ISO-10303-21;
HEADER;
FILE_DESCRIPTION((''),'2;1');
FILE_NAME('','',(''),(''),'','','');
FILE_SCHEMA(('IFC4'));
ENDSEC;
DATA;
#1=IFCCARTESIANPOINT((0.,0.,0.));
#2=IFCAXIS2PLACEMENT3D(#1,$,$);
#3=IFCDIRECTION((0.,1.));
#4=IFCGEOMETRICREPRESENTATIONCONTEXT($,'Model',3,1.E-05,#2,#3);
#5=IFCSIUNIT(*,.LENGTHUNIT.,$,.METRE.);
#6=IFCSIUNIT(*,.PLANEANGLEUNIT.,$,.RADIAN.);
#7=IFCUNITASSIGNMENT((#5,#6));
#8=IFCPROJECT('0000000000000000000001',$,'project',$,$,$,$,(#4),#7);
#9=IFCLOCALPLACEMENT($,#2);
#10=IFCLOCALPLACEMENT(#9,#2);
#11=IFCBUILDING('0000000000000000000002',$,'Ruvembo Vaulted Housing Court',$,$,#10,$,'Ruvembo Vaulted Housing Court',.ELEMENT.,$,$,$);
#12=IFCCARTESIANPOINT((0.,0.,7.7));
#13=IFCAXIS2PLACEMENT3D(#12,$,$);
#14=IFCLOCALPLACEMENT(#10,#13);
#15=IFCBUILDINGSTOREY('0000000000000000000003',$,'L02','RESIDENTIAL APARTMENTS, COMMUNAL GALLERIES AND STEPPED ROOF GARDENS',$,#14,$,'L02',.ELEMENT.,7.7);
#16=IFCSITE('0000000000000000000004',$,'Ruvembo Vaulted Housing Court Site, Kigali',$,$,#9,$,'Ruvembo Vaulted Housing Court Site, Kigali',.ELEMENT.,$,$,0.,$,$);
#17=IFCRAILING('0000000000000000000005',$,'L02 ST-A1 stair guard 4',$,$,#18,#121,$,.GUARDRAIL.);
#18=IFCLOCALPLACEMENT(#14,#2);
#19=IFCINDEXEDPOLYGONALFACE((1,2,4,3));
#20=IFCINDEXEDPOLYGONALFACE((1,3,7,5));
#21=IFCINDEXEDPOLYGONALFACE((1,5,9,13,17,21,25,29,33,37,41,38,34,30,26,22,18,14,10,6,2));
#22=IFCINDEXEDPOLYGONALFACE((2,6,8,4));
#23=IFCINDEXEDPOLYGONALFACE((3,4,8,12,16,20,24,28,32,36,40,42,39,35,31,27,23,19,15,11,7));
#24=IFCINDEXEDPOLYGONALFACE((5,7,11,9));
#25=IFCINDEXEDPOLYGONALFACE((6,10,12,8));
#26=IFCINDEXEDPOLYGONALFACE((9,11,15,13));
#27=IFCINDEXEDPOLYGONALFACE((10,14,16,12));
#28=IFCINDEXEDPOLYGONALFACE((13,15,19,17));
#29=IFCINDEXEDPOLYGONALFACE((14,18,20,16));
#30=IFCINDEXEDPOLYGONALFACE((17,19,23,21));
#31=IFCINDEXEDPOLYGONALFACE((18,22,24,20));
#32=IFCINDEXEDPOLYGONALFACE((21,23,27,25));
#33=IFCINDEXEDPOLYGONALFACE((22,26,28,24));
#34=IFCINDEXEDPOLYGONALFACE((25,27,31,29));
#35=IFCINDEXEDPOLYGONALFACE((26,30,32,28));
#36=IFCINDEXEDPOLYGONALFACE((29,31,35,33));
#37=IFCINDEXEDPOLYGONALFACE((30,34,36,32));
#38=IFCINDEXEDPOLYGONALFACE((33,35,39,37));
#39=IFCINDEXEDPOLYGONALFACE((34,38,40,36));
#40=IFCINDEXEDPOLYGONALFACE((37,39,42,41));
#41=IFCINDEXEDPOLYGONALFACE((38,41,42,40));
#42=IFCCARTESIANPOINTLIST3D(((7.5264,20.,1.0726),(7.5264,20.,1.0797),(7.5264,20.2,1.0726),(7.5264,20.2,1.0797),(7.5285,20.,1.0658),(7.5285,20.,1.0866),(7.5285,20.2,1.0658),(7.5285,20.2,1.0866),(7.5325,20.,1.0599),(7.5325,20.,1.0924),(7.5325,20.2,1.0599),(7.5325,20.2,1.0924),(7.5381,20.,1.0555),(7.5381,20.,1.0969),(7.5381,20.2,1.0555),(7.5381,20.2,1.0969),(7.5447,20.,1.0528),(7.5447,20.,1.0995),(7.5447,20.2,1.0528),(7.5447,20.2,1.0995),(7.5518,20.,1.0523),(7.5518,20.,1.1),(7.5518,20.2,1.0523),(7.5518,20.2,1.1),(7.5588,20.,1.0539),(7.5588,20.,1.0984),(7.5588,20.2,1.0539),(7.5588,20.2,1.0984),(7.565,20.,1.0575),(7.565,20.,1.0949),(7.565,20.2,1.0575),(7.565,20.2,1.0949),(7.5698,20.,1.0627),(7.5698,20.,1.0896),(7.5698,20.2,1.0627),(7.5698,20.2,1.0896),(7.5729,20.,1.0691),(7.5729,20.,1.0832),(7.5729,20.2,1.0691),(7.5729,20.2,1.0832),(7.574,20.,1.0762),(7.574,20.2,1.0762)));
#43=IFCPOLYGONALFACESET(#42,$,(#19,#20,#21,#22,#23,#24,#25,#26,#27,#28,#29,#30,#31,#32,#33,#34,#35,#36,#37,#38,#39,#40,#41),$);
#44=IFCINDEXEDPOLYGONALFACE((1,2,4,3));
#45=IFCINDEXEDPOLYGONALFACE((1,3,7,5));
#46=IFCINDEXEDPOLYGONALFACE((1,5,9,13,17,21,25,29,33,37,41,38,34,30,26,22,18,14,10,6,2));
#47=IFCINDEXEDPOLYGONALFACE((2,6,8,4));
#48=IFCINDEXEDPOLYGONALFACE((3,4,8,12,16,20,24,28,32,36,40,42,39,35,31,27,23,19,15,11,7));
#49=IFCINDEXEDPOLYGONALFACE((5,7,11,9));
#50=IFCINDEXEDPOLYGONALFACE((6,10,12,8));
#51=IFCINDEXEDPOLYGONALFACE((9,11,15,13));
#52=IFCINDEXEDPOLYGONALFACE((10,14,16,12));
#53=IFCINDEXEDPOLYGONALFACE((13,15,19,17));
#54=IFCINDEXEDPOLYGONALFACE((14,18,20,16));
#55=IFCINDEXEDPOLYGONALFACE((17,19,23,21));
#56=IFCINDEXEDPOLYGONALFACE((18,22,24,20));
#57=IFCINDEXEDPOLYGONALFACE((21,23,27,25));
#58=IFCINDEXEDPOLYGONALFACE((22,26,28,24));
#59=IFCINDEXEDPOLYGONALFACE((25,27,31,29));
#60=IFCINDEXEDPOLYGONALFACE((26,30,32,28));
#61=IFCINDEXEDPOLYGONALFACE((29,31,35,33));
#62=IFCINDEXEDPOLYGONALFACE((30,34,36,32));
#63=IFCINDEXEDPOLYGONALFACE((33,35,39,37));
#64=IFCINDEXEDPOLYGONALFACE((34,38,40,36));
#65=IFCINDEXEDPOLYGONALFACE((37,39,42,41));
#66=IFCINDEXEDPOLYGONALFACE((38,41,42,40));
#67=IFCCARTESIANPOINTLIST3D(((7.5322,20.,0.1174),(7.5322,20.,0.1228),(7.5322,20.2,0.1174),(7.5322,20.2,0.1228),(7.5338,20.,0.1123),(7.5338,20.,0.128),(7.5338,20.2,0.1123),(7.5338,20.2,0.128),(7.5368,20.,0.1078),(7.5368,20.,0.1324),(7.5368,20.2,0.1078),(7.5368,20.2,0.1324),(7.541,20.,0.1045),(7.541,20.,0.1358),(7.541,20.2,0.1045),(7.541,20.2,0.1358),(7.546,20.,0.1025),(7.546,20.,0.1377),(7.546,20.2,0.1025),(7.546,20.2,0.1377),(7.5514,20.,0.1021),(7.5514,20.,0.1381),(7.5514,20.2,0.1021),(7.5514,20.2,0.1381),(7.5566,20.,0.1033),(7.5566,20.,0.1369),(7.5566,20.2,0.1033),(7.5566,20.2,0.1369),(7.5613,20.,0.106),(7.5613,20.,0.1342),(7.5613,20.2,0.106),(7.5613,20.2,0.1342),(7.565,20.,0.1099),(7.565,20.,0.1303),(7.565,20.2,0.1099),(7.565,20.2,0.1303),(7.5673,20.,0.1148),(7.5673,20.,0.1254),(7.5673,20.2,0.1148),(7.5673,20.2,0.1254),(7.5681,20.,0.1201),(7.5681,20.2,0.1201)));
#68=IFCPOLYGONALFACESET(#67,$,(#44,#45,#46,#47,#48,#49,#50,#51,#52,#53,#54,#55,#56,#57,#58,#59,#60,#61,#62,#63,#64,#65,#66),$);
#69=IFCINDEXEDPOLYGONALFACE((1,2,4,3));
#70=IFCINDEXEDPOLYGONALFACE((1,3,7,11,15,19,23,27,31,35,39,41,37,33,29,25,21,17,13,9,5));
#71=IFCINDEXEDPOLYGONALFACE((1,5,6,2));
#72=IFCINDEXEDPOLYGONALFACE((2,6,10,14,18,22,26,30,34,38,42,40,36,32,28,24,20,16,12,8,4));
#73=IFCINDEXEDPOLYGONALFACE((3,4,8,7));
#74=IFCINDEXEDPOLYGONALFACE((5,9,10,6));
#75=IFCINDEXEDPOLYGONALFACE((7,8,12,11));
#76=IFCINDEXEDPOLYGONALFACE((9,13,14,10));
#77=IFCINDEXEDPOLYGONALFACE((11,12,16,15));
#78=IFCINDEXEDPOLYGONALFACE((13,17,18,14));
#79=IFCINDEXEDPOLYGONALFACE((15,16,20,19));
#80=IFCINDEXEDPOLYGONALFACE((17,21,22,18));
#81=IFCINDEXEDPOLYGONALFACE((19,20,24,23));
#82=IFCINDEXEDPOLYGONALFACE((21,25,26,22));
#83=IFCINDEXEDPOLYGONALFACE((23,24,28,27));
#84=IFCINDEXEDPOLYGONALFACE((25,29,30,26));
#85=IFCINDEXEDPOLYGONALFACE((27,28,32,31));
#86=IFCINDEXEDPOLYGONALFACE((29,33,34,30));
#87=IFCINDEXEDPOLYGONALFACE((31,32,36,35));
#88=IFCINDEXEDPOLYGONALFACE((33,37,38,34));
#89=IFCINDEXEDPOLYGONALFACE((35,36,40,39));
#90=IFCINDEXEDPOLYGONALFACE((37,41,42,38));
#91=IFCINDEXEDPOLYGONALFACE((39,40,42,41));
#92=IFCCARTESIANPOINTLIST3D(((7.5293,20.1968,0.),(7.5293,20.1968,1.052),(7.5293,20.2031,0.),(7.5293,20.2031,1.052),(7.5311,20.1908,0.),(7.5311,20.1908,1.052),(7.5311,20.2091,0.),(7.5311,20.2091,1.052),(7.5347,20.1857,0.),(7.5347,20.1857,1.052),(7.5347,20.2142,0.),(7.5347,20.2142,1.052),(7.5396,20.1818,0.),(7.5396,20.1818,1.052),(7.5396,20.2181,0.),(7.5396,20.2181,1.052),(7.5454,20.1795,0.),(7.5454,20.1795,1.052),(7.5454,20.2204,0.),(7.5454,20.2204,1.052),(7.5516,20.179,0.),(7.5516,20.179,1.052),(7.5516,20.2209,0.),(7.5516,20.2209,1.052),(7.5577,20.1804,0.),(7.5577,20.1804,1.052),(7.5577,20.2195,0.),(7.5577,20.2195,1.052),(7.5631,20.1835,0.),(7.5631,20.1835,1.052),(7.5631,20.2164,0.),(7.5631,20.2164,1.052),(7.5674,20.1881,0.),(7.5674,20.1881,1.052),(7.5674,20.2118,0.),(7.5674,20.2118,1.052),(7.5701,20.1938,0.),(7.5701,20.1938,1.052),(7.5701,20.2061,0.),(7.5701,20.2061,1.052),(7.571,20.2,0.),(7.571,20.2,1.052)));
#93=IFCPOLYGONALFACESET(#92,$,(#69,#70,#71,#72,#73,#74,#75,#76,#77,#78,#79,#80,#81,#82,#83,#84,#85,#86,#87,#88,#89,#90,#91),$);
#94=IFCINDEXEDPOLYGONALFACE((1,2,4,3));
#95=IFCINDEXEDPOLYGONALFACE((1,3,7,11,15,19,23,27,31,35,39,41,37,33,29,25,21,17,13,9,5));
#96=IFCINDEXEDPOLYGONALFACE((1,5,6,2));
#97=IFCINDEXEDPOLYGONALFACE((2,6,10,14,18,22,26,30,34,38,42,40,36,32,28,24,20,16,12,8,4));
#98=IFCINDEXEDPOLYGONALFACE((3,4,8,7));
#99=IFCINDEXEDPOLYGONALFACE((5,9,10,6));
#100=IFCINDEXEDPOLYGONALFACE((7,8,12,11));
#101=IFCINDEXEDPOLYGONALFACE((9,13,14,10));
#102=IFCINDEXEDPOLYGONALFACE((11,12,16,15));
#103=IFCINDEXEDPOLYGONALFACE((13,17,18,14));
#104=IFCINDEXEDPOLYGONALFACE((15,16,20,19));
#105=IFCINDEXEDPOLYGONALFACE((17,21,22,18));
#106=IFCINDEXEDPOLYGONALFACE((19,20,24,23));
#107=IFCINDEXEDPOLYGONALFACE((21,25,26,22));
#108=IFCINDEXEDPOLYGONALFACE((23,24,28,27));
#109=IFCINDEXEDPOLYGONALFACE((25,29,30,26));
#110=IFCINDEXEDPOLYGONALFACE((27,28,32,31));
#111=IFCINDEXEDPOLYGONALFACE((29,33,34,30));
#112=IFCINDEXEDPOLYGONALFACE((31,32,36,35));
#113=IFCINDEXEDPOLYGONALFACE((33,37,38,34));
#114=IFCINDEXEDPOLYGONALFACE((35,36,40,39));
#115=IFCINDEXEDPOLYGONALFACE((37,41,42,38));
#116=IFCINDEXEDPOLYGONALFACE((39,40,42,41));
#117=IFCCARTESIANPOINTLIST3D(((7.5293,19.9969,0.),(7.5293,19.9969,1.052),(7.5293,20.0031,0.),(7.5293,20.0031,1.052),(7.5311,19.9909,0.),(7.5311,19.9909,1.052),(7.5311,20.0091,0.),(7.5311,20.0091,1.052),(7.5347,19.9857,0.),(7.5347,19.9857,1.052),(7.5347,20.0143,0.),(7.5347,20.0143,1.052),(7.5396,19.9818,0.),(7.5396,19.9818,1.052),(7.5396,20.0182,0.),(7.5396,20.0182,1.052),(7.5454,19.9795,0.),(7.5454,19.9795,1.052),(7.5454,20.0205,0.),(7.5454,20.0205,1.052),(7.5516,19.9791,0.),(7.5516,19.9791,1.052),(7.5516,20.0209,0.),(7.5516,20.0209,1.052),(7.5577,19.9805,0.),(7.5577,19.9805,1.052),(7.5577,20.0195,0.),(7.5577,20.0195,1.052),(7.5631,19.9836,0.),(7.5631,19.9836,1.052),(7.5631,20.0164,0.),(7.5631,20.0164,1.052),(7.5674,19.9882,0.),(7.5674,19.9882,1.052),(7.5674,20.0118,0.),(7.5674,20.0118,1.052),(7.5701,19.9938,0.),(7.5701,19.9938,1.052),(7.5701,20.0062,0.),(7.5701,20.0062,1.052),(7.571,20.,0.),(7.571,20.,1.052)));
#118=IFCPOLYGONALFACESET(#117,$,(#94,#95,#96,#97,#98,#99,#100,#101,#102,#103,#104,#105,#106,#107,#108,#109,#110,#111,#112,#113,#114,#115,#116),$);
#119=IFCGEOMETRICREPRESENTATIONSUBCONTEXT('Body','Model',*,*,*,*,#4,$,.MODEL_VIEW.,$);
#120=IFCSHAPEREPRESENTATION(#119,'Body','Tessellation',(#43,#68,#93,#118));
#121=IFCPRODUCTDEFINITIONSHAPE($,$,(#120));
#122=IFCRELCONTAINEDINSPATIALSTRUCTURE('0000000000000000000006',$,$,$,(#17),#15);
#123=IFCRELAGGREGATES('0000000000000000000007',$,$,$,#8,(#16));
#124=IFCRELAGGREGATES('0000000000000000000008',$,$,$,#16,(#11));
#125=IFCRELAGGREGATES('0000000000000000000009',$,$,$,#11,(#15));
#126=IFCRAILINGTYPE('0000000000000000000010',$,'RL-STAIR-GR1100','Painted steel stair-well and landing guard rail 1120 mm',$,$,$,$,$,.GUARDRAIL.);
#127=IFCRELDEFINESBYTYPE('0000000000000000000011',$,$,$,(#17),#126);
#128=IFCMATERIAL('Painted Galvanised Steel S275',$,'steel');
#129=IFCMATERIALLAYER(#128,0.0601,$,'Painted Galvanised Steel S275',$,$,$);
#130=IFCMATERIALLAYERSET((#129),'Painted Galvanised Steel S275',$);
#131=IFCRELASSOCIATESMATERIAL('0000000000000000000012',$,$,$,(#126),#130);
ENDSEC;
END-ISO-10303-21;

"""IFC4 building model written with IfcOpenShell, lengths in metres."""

from ifc_helpers import new_model, si_unit, direction, frame, origin, origin_2d, place, context, subcontext, project, spatial, circle, extrude, material, layer, layer_set, type_object, element, save


model = new_model("IFC4")

# Units and contexts
model_context = context("Model", 3, precision=1e-05, world=origin(), true_north=direction((0.0, 1.0)))
body_context = subcontext(model_context, "Body", "Model", "MODEL_VIEW")
ifc_project = project(units=[si_unit("LENGTHUNIT", "METRE"), si_unit("PLANEANGLEUNIT", "RADIAN")], contexts=[model_context])

# Site, building, storey
site_placement = place(None, origin())
site = spatial("IfcSite", under=ifc_project, at=site_placement, Name="Ruvembo Vaulted Housing Court Site, Kigali", LongName="Ruvembo Vaulted Housing Court Site, Kigali", CompositionType="ELEMENT", RefElevation=0.0)
building_placement = place(site_placement, origin())
building = spatial("IfcBuilding", under=site, at=building_placement, Name="Ruvembo Vaulted Housing Court", LongName="Ruvembo Vaulted Housing Court", CompositionType="ELEMENT")
storey_placement = place(building_placement, frame((0.0, 0.0, 7.7)))
storey = spatial("IfcBuildingStorey", under=building, at=storey_placement, Name="L02", Description="RESIDENTIAL APARTMENTS, COMMUNAL GALLERIES AND STEPPED ROOF GARDENS", LongName="L02", CompositionType="ELEMENT", Elevation=7.7)

# Railing
ifc_material_1 = material(Name="Painted Galvanised Steel S275", Category="steel")
ifc_layer_1 = layer(ifc_material_1, 0.0601, Name="Painted Galvanised Steel S275")
ifc_layer_set_1 = layer_set([ifc_layer_1], Name="Painted Galvanised Steel S275")
railing_type_1 = type_object("IfcRailingType", Name="RL-STAIR-GR1100", Description="Painted steel stair-well and landing guard rail 1120 mm", PredefinedType="GUARDRAIL", material=ifc_layer_set_1)
railing_1_placement = place(storey_placement, frame((7.55, 20.2, 0.0)))
element("IfcRailing", 1, at=railing_1_placement, inside=storey, type_object=railing_type_1, Name="L02 ST-A1 stair guard 4", PredefinedType="GUARDRAIL", context=body_context, shape_type="SweptSolid", body=[
    extrude(circle(Radius=0.0239, at=origin_2d()), frame((0.0, 0.0, 1.0762), z_axis=(0.0, -1.0, 0.0), x_axis=(1.0, 0.0, 0.0)), (0.0, 0.0, 1.0), 0.2),
    extrude(circle(Radius=0.0181, at=origin_2d()), frame((0.0, 0.0, 0.1201), z_axis=(0.0, -1.0, 0.0), x_axis=(1.0, 0.0, 0.0)), (0.0, 0.0, 1.0), 0.2),
    extrude(circle(Radius=0.021, at=origin_2d()), origin(), (0.0, 0.0, 1.0), 1.052),
    extrude(circle(Radius=0.021, at=origin_2d()), frame((0.0, -0.2, 0.0)), (0.0, 0.0, 1.0), 1.052),
])

save(model, "model.ifc")
